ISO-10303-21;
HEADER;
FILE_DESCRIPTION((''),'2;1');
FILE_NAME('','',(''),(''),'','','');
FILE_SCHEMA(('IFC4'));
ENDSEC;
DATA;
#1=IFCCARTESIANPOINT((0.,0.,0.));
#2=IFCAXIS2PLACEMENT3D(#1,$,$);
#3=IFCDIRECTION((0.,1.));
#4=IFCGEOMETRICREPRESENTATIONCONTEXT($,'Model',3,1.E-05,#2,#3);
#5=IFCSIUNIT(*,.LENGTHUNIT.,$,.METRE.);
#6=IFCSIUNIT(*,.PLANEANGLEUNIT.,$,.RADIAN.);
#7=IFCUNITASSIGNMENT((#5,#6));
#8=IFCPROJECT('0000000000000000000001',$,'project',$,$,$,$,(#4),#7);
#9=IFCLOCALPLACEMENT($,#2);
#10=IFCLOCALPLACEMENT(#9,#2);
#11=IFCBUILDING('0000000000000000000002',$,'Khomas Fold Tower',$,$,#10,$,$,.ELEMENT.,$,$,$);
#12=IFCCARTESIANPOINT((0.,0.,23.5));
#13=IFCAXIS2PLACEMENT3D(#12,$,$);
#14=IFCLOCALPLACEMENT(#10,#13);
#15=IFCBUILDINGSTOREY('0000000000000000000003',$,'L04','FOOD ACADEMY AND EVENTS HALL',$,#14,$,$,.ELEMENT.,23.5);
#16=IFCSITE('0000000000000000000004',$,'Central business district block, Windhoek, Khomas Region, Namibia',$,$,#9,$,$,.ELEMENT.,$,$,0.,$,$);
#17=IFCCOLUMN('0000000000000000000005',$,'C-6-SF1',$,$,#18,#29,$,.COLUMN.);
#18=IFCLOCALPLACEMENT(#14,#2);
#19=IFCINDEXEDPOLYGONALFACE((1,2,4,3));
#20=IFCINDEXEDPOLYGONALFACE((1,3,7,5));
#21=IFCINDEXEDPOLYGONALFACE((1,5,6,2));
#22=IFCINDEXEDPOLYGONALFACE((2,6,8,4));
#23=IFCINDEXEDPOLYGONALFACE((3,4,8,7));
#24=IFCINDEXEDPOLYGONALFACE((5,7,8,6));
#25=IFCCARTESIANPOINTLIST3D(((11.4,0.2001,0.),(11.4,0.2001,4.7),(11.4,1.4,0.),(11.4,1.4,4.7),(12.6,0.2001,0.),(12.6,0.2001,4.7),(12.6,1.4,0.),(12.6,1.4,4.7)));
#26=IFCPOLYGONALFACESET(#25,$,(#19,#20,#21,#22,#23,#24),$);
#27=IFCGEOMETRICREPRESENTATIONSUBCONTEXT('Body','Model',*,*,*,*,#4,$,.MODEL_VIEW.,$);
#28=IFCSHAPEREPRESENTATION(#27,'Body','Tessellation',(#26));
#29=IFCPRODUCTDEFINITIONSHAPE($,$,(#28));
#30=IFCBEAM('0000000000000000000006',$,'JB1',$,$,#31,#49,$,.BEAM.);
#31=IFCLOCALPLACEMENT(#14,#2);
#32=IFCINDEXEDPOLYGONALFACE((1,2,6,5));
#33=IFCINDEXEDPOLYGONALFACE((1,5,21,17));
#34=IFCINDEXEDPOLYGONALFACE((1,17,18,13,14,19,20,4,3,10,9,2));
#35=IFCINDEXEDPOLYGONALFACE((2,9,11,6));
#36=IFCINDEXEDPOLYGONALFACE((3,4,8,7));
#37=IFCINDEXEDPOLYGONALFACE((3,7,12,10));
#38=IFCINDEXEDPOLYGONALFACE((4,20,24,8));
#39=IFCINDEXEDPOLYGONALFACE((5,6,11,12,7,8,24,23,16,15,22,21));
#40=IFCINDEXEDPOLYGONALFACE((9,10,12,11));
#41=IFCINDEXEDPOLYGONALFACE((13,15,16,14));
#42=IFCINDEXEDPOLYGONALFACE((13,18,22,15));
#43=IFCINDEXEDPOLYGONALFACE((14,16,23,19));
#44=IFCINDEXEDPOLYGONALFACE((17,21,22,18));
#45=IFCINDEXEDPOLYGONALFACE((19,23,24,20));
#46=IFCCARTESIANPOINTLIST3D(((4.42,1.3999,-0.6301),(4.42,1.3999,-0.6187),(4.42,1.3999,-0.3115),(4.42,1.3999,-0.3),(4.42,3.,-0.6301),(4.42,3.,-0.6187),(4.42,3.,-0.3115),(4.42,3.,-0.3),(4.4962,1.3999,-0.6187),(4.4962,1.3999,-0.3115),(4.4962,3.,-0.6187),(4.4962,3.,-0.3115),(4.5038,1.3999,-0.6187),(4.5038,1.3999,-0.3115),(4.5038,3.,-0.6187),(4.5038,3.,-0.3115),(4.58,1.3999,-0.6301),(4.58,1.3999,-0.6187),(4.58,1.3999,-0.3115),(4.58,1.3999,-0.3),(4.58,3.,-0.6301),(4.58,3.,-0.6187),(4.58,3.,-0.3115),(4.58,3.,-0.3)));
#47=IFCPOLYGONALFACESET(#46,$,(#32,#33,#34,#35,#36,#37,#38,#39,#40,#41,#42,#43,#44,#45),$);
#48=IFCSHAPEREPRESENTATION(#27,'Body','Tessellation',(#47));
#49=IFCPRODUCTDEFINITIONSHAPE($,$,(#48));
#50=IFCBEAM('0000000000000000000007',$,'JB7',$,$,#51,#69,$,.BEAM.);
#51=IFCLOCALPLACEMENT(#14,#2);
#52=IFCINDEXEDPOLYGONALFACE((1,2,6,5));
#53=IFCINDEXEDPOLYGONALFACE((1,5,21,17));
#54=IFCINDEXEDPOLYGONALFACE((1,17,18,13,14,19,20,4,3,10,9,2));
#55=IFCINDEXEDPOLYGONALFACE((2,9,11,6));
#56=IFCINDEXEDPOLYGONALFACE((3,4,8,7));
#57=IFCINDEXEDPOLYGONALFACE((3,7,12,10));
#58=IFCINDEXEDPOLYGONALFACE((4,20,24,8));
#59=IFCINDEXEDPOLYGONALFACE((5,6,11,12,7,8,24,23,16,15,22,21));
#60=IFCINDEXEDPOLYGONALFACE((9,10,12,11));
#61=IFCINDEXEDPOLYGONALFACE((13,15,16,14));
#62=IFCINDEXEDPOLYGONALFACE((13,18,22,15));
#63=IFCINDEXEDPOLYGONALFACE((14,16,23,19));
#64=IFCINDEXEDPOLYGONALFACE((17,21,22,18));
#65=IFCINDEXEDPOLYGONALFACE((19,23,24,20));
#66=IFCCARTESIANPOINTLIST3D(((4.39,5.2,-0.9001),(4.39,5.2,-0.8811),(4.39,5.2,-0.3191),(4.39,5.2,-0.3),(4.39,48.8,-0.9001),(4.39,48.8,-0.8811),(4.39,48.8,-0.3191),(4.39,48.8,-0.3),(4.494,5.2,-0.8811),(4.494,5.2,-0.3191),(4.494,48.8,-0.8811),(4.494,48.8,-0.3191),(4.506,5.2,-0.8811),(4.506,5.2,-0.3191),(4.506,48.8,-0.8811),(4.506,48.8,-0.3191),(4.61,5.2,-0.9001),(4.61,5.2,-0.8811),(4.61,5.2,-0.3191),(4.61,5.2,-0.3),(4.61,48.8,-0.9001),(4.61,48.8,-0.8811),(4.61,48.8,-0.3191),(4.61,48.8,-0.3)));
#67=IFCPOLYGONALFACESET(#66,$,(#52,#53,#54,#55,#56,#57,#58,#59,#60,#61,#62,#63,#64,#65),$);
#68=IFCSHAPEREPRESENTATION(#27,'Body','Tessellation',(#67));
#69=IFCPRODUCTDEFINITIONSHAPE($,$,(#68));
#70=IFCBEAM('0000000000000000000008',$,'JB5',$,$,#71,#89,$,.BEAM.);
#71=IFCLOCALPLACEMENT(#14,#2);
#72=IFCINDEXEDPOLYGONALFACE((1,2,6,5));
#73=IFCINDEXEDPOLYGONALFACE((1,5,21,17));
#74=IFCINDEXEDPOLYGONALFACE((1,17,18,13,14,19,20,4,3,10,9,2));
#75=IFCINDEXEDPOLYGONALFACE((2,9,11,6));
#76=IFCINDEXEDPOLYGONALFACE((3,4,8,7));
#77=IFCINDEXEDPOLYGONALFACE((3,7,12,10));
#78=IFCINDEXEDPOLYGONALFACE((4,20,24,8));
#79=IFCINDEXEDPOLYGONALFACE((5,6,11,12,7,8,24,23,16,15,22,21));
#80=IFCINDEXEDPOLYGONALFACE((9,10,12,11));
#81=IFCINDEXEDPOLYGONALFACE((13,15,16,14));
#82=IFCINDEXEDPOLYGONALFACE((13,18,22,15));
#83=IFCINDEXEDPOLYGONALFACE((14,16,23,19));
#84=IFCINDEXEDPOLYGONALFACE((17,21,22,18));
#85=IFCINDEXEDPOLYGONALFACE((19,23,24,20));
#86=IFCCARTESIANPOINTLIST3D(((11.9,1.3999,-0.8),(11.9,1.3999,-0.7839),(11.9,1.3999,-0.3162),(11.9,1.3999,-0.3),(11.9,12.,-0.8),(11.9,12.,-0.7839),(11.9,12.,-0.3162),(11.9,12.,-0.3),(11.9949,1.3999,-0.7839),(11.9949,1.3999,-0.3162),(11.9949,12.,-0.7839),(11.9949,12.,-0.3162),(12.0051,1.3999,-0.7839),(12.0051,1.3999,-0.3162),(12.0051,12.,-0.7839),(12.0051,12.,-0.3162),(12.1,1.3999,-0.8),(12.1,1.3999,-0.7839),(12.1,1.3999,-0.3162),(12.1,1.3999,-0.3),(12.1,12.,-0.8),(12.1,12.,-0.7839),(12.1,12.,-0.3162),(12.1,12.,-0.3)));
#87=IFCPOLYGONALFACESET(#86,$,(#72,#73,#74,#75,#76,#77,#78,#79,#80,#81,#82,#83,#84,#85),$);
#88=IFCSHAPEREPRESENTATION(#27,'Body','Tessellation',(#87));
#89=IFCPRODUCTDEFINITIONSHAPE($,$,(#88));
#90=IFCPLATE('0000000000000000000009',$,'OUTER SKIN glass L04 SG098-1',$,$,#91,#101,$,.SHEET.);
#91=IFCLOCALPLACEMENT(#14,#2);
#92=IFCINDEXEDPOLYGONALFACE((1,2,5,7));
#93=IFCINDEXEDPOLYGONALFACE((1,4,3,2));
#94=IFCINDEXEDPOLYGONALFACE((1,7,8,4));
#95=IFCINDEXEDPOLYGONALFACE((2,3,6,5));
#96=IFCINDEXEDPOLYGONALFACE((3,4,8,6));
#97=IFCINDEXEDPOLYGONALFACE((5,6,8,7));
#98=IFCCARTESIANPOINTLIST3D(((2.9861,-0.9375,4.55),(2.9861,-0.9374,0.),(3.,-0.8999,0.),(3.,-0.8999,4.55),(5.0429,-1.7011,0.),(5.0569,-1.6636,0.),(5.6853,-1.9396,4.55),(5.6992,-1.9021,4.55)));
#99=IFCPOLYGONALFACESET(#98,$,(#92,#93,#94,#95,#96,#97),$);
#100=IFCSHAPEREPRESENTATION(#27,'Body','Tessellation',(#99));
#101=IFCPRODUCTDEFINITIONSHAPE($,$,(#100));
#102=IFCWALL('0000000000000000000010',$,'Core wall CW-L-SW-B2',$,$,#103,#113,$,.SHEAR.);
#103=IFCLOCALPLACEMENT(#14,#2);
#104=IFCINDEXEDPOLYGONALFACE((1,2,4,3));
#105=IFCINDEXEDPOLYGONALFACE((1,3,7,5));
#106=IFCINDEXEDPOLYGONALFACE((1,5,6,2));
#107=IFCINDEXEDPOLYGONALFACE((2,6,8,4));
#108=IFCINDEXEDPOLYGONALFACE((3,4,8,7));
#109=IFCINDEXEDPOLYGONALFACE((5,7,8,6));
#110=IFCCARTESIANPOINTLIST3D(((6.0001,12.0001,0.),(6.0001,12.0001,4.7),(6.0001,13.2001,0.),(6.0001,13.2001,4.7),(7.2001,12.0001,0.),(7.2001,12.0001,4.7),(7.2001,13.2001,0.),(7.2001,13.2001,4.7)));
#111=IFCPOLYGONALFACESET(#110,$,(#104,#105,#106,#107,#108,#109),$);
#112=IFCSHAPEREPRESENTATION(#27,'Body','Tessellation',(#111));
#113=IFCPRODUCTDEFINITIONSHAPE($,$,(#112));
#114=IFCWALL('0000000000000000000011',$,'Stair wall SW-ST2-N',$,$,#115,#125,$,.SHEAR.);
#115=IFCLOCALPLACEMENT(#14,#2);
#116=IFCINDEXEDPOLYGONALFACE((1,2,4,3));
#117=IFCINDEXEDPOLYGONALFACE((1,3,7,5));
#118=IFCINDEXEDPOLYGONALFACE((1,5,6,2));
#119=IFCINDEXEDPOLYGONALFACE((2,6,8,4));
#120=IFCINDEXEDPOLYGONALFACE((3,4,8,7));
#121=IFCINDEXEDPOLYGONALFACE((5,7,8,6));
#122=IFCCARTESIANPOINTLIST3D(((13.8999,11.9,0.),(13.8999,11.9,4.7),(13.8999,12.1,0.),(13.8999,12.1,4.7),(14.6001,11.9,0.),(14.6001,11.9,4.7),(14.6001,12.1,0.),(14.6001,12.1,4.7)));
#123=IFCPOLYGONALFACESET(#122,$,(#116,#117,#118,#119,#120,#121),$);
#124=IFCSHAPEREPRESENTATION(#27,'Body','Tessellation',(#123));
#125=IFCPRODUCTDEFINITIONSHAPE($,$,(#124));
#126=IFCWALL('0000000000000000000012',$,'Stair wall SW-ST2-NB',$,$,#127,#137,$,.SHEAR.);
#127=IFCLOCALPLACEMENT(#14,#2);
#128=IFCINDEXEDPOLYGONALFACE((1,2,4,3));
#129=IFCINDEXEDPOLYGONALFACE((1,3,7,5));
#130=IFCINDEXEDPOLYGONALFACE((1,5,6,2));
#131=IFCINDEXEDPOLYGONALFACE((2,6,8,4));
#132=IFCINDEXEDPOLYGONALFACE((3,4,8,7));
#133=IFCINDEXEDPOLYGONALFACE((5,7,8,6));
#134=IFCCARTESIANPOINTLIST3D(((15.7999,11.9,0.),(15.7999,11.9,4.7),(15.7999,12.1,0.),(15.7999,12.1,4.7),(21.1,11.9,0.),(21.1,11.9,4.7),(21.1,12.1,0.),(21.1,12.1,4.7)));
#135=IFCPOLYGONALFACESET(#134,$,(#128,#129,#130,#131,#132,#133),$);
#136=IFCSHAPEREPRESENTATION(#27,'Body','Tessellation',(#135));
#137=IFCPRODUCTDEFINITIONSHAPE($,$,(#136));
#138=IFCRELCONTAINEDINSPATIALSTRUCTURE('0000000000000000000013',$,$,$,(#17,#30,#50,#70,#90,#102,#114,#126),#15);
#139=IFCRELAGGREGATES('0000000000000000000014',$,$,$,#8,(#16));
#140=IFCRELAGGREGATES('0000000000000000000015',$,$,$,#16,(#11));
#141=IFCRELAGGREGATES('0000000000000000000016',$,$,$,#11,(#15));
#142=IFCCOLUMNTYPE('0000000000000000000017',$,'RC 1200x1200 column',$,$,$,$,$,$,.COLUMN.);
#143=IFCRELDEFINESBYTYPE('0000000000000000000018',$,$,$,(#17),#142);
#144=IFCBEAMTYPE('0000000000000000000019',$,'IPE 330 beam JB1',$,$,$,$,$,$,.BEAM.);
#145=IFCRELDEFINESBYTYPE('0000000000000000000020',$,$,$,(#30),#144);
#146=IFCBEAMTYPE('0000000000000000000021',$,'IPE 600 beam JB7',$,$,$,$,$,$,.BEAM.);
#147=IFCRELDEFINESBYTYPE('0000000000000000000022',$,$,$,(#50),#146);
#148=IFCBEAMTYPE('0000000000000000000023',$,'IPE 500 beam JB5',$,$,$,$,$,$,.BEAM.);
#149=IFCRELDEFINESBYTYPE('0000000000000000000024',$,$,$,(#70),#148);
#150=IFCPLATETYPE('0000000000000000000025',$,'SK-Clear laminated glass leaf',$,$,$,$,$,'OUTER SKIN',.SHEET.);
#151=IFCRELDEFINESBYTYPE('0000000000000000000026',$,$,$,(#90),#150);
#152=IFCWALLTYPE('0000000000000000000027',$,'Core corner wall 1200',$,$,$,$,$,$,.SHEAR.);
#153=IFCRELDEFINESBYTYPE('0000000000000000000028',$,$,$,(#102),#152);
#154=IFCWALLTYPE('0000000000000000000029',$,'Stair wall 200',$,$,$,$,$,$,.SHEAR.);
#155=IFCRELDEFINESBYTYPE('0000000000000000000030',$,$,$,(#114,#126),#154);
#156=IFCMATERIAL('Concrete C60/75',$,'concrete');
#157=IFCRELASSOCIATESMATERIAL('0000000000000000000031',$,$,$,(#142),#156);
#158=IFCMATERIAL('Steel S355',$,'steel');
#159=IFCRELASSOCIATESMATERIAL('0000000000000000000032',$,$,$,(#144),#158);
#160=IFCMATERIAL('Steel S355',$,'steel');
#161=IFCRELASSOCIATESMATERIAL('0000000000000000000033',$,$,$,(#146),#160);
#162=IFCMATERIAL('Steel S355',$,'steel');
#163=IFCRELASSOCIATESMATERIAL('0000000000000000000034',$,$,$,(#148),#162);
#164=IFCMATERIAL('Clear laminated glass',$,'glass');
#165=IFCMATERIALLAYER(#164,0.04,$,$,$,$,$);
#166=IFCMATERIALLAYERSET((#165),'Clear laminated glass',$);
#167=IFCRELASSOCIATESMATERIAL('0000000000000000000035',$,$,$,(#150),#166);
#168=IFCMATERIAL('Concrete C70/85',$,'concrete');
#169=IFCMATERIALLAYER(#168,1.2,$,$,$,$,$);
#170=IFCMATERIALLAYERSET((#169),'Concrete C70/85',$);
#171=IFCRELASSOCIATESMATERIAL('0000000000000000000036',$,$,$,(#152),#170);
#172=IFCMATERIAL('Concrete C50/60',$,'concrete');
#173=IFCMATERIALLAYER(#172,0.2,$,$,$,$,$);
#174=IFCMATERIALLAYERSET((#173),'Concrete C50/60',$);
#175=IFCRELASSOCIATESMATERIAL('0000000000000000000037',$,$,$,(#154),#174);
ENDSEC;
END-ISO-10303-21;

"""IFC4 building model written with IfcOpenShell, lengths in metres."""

from ifc_helpers import new_model, si_unit, direction, frame, frame_2d, origin, origin_2d, place, context, subcontext, project, spatial, polyline, rectangle, i_section, outline, extrude, source, transform, mapped, material, layer, layer_set, material_profile, profile_set, type_object, element, save


model = new_model("IFC4")

# Units and contexts
model_context = context("Model", 3, precision=1e-05, world=origin(), true_north=direction((0.0, 1.0)))
body_context = subcontext(model_context, "Body", "Model", "MODEL_VIEW")
ifc_project = project(units=[si_unit("LENGTHUNIT", "METRE"), si_unit("PLANEANGLEUNIT", "RADIAN")], contexts=[model_context])

# Site, building, storey
site_placement = place(None, origin())
site = spatial("IfcSite", under=ifc_project, at=site_placement, Name="Central business district block, Windhoek, Khomas Region, Namibia", CompositionType="ELEMENT", RefElevation=0.0)
building_placement = place(site_placement, origin())
building = spatial("IfcBuilding", under=site, at=building_placement, Name="Khomas Fold Tower", CompositionType="ELEMENT")
storey_placement = place(building_placement, frame((0.0, 0.0, 23.5)))
storey = spatial("IfcBuildingStorey", under=building, at=storey_placement, Name="L04", Description="FOOD ACADEMY AND EVENTS HALL", CompositionType="ELEMENT", Elevation=23.5)

# Column
ifc_material_1 = material(Name="Concrete C60/75", Category="concrete")
ifc_material_profile_1 = material_profile(ifc_material_1, rectangle(XDim=1.2, YDim=1.2, at=origin_2d()), Name="RC 1200x1200")
ifc_profile_set_1 = profile_set([ifc_material_profile_1], Name="Concrete C60/75")
column_type = type_object("IfcColumnType", Name="RC 1200x1200 column", PredefinedType="COLUMN", material=ifc_profile_set_1)
shared_shape_1 = source(origin(), body_context, "Body", "SweptSolid", [
    extrude(rectangle(XDim=1.2, YDim=1.2, at=origin_2d()), origin(), (0.0, 0.0, 1.0), 4.7),
])
column_placement = place(storey_placement, frame((12.0, 0.8, 0.0), z_axis=(0.0, 0.0, 1.0), x_axis=(1.0, 0.0, 0.0)))
element("IfcColumn", 1, at=column_placement, inside=storey, type_object=column_type, Name="C-6-SF1", PredefinedType="COLUMN", context=body_context, shape_type="MappedRepresentation", body=[
    mapped(shared_shape_1, transform((0.0, 0.0, 0.0))),
])

# Beams
ifc_material_2 = material(Name="Steel S355", Category="steel")
ifc_material_profile_2 = material_profile(ifc_material_2, i_section(OverallWidth=0.1599, OverallDepth=0.3301, WebThickness=0.0076, FlangeThickness=0.0115, at=origin_2d()), Name="IPE 330")
ifc_profile_set_2 = profile_set([ifc_material_profile_2], Name="Steel S355")
beam_type_1 = type_object("IfcBeamType", Name="IPE 330 beam JB1", PredefinedType="BEAM", material=ifc_profile_set_2)
shared_shape_2 = source(origin(), body_context, "Body", "SweptSolid", [
    extrude(i_section(OverallWidth=0.1599, OverallDepth=0.3301, WebThickness=0.0076, FlangeThickness=0.0115, at=origin_2d()), origin(), (0.0, 0.0, 1.0), 1.6001),
])
beam_1_placement = place(storey_placement, frame((4.5, 1.3999, -0.4651), z_axis=(0.0, 1.0, 0.0), x_axis=(-1.0, 0.0, 0.0)))
element("IfcBeam", 2, at=beam_1_placement, inside=storey, type_object=beam_type_1, Name="JB1", PredefinedType="BEAM", context=body_context, shape_type="MappedRepresentation", body=[
    mapped(shared_shape_2, transform((0.0, 0.0, 0.0))),
])
ifc_material_3 = material(Name="Steel S355", Category="steel")
ifc_material_profile_3 = material_profile(ifc_material_3, i_section(OverallWidth=0.22, OverallDepth=0.6001, WebThickness=0.012, FlangeThickness=0.019, at=origin_2d()), Name="IPE 600")
ifc_profile_set_3 = profile_set([ifc_material_profile_3], Name="Steel S355")
beam_type_2 = type_object("IfcBeamType", Name="IPE 600 beam JB7", PredefinedType="BEAM", material=ifc_profile_set_3)
shared_shape_3 = source(origin(), body_context, "Body", "SweptSolid", [
    extrude(i_section(OverallWidth=0.22, OverallDepth=0.6001, WebThickness=0.012, FlangeThickness=0.019, at=origin_2d()), origin(), (0.0, 0.0, 1.0), 43.6001),
])
beam_2_placement = place(storey_placement, frame((4.5, 5.2, -0.6001), z_axis=(0.0, 1.0, 0.0), x_axis=(-1.0, 0.0, 0.0)))
element("IfcBeam", 3, at=beam_2_placement, inside=storey, type_object=beam_type_2, Name="JB7", PredefinedType="BEAM", context=body_context, shape_type="MappedRepresentation", body=[
    mapped(shared_shape_3, transform((0.0, 0.0, 0.0))),
])
ifc_material_4 = material(Name="Steel S355", Category="steel")
ifc_material_profile_4 = material_profile(ifc_material_4, i_section(OverallWidth=0.2, OverallDepth=0.5, WebThickness=0.0103, FlangeThickness=0.0161, at=origin_2d()), Name="IPE 500")
ifc_profile_set_4 = profile_set([ifc_material_profile_4], Name="Steel S355")
beam_type_3 = type_object("IfcBeamType", Name="IPE 500 beam JB5", PredefinedType="BEAM", material=ifc_profile_set_4)
shared_shape_4 = source(origin(), body_context, "Body", "SweptSolid", [
    extrude(i_section(OverallWidth=0.2, OverallDepth=0.5, WebThickness=0.0103, FlangeThickness=0.0161, at=origin_2d()), origin(), (0.0, 0.0, 1.0), 10.6001),
])
beam_3_placement = place(storey_placement, frame((12.0, 1.3999, -0.55), z_axis=(0.0, 1.0, 0.0), x_axis=(-1.0, 0.0, 0.0)))
element("IfcBeam", 4, at=beam_3_placement, inside=storey, type_object=beam_type_3, Name="JB5", PredefinedType="BEAM", context=body_context, shape_type="MappedRepresentation", body=[
    mapped(shared_shape_4, transform((0.0, 0.0, 0.0))),
])

# Plate
ifc_material_5 = material(Name="Clear laminated glass", Category="glass")
ifc_layer_1 = layer(ifc_material_5, 0.04)
ifc_layer_set_1 = layer_set([ifc_layer_1], Name="Clear laminated glass")
plate_type = type_object("IfcPlateType", Name="SK-Clear laminated glass leaf", ElementType="OUTER SKIN", PredefinedType="SHEET", material=ifc_layer_set_1)
plate_placement = place(storey_placement, frame((5.6992, -1.9021, 4.55), z_axis=(0.348068, 0.937469, 0.000004), x_axis=(-0.139598, 0.051835, -0.988851)))
element("IfcPlate", 5, at=plate_placement, inside=storey, type_object=plate_type, Name="OUTER SKIN glass L04 SG098-1", PredefinedType="SHEET", context=body_context, shape_type="SweptSolid", body=[
    extrude(outline(polyline([(0.0, 0.0), (4.6014, 0.0), (4.9281, 2.1696), (0.4288, 2.8472), (0.0, 0.0)])), origin(), (0.0, 0.0, -1.0), 0.04),
])

# Walls
ifc_material_6 = material(Name="Concrete C70/85", Category="concrete")
ifc_layer_2 = layer(ifc_material_6, 1.2)
ifc_layer_set_2 = layer_set([ifc_layer_2], Name="Concrete C70/85")
wall_type_1 = type_object("IfcWallType", Name="Core corner wall 1200", PredefinedType="SHEAR", material=ifc_layer_set_2)
shared_shape_5 = source(origin(), body_context, "Body", "SweptSolid", [
    extrude(rectangle(XDim=1.2, YDim=1.2, at=frame_2d((0.6001, 0.0))), origin(), (0.0, 0.0, 1.0), 4.7),
])
wall_1_placement = place(storey_placement, frame((6.0, 12.6001, 0.0), z_axis=(0.0, 0.0, 1.0), x_axis=(1.0, 0.0, 0.0)))
element("IfcWall", 6, at=wall_1_placement, inside=storey, type_object=wall_type_1, Name="Core wall CW-L-SW-B2", PredefinedType="SHEAR", context=body_context, shape_type="MappedRepresentation", body=[
    mapped(shared_shape_5, transform((0.0, 0.0, 0.0))),
])
ifc_material_7 = material(Name="Concrete C50/60", Category="concrete")
ifc_layer_3 = layer(ifc_material_7, 0.2)
ifc_layer_set_3 = layer_set([ifc_layer_3], Name="Concrete C50/60")
wall_type_2 = type_object("IfcWallType", Name="Stair wall 200", PredefinedType="SHEAR", material=ifc_layer_set_3)
shared_shape_6 = source(origin(), body_context, "Body", "SweptSolid", [
    extrude(rectangle(XDim=0.7002, YDim=0.2, at=frame_2d((0.3501, 0.0))), origin(), (0.0, 0.0, 1.0), 4.7),
])
wall_2_placement = place(storey_placement, frame((13.8999, 12.0, 0.0), z_axis=(0.0, 0.0, 1.0), x_axis=(1.0, 0.0, 0.0)))
element("IfcWall", 7, at=wall_2_placement, inside=storey, type_object=wall_type_2, Name="Stair wall SW-ST2-N", PredefinedType="SHEAR", context=body_context, shape_type="MappedRepresentation", body=[
    mapped(shared_shape_6, transform((0.0, 0.0, 0.0))),
])
shared_shape_7 = source(origin(), body_context, "Body", "SweptSolid", [
    extrude(rectangle(XDim=5.3, YDim=0.2, at=frame_2d((2.6499, 0.0))), origin(), (0.0, 0.0, 1.0), 4.7),
])
wall_3_placement = place(storey_placement, frame((15.8, 12.0, 0.0), z_axis=(0.0, 0.0, 1.0), x_axis=(1.0, 0.0, 0.0)))
element("IfcWall", 8, at=wall_3_placement, inside=storey, type_object=wall_type_2, Name="Stair wall SW-ST2-NB", PredefinedType="SHEAR", context=body_context, shape_type="MappedRepresentation", body=[
    mapped(shared_shape_7, transform((0.0, 0.0, 0.0))),
])

save(model, "model.ifc")
